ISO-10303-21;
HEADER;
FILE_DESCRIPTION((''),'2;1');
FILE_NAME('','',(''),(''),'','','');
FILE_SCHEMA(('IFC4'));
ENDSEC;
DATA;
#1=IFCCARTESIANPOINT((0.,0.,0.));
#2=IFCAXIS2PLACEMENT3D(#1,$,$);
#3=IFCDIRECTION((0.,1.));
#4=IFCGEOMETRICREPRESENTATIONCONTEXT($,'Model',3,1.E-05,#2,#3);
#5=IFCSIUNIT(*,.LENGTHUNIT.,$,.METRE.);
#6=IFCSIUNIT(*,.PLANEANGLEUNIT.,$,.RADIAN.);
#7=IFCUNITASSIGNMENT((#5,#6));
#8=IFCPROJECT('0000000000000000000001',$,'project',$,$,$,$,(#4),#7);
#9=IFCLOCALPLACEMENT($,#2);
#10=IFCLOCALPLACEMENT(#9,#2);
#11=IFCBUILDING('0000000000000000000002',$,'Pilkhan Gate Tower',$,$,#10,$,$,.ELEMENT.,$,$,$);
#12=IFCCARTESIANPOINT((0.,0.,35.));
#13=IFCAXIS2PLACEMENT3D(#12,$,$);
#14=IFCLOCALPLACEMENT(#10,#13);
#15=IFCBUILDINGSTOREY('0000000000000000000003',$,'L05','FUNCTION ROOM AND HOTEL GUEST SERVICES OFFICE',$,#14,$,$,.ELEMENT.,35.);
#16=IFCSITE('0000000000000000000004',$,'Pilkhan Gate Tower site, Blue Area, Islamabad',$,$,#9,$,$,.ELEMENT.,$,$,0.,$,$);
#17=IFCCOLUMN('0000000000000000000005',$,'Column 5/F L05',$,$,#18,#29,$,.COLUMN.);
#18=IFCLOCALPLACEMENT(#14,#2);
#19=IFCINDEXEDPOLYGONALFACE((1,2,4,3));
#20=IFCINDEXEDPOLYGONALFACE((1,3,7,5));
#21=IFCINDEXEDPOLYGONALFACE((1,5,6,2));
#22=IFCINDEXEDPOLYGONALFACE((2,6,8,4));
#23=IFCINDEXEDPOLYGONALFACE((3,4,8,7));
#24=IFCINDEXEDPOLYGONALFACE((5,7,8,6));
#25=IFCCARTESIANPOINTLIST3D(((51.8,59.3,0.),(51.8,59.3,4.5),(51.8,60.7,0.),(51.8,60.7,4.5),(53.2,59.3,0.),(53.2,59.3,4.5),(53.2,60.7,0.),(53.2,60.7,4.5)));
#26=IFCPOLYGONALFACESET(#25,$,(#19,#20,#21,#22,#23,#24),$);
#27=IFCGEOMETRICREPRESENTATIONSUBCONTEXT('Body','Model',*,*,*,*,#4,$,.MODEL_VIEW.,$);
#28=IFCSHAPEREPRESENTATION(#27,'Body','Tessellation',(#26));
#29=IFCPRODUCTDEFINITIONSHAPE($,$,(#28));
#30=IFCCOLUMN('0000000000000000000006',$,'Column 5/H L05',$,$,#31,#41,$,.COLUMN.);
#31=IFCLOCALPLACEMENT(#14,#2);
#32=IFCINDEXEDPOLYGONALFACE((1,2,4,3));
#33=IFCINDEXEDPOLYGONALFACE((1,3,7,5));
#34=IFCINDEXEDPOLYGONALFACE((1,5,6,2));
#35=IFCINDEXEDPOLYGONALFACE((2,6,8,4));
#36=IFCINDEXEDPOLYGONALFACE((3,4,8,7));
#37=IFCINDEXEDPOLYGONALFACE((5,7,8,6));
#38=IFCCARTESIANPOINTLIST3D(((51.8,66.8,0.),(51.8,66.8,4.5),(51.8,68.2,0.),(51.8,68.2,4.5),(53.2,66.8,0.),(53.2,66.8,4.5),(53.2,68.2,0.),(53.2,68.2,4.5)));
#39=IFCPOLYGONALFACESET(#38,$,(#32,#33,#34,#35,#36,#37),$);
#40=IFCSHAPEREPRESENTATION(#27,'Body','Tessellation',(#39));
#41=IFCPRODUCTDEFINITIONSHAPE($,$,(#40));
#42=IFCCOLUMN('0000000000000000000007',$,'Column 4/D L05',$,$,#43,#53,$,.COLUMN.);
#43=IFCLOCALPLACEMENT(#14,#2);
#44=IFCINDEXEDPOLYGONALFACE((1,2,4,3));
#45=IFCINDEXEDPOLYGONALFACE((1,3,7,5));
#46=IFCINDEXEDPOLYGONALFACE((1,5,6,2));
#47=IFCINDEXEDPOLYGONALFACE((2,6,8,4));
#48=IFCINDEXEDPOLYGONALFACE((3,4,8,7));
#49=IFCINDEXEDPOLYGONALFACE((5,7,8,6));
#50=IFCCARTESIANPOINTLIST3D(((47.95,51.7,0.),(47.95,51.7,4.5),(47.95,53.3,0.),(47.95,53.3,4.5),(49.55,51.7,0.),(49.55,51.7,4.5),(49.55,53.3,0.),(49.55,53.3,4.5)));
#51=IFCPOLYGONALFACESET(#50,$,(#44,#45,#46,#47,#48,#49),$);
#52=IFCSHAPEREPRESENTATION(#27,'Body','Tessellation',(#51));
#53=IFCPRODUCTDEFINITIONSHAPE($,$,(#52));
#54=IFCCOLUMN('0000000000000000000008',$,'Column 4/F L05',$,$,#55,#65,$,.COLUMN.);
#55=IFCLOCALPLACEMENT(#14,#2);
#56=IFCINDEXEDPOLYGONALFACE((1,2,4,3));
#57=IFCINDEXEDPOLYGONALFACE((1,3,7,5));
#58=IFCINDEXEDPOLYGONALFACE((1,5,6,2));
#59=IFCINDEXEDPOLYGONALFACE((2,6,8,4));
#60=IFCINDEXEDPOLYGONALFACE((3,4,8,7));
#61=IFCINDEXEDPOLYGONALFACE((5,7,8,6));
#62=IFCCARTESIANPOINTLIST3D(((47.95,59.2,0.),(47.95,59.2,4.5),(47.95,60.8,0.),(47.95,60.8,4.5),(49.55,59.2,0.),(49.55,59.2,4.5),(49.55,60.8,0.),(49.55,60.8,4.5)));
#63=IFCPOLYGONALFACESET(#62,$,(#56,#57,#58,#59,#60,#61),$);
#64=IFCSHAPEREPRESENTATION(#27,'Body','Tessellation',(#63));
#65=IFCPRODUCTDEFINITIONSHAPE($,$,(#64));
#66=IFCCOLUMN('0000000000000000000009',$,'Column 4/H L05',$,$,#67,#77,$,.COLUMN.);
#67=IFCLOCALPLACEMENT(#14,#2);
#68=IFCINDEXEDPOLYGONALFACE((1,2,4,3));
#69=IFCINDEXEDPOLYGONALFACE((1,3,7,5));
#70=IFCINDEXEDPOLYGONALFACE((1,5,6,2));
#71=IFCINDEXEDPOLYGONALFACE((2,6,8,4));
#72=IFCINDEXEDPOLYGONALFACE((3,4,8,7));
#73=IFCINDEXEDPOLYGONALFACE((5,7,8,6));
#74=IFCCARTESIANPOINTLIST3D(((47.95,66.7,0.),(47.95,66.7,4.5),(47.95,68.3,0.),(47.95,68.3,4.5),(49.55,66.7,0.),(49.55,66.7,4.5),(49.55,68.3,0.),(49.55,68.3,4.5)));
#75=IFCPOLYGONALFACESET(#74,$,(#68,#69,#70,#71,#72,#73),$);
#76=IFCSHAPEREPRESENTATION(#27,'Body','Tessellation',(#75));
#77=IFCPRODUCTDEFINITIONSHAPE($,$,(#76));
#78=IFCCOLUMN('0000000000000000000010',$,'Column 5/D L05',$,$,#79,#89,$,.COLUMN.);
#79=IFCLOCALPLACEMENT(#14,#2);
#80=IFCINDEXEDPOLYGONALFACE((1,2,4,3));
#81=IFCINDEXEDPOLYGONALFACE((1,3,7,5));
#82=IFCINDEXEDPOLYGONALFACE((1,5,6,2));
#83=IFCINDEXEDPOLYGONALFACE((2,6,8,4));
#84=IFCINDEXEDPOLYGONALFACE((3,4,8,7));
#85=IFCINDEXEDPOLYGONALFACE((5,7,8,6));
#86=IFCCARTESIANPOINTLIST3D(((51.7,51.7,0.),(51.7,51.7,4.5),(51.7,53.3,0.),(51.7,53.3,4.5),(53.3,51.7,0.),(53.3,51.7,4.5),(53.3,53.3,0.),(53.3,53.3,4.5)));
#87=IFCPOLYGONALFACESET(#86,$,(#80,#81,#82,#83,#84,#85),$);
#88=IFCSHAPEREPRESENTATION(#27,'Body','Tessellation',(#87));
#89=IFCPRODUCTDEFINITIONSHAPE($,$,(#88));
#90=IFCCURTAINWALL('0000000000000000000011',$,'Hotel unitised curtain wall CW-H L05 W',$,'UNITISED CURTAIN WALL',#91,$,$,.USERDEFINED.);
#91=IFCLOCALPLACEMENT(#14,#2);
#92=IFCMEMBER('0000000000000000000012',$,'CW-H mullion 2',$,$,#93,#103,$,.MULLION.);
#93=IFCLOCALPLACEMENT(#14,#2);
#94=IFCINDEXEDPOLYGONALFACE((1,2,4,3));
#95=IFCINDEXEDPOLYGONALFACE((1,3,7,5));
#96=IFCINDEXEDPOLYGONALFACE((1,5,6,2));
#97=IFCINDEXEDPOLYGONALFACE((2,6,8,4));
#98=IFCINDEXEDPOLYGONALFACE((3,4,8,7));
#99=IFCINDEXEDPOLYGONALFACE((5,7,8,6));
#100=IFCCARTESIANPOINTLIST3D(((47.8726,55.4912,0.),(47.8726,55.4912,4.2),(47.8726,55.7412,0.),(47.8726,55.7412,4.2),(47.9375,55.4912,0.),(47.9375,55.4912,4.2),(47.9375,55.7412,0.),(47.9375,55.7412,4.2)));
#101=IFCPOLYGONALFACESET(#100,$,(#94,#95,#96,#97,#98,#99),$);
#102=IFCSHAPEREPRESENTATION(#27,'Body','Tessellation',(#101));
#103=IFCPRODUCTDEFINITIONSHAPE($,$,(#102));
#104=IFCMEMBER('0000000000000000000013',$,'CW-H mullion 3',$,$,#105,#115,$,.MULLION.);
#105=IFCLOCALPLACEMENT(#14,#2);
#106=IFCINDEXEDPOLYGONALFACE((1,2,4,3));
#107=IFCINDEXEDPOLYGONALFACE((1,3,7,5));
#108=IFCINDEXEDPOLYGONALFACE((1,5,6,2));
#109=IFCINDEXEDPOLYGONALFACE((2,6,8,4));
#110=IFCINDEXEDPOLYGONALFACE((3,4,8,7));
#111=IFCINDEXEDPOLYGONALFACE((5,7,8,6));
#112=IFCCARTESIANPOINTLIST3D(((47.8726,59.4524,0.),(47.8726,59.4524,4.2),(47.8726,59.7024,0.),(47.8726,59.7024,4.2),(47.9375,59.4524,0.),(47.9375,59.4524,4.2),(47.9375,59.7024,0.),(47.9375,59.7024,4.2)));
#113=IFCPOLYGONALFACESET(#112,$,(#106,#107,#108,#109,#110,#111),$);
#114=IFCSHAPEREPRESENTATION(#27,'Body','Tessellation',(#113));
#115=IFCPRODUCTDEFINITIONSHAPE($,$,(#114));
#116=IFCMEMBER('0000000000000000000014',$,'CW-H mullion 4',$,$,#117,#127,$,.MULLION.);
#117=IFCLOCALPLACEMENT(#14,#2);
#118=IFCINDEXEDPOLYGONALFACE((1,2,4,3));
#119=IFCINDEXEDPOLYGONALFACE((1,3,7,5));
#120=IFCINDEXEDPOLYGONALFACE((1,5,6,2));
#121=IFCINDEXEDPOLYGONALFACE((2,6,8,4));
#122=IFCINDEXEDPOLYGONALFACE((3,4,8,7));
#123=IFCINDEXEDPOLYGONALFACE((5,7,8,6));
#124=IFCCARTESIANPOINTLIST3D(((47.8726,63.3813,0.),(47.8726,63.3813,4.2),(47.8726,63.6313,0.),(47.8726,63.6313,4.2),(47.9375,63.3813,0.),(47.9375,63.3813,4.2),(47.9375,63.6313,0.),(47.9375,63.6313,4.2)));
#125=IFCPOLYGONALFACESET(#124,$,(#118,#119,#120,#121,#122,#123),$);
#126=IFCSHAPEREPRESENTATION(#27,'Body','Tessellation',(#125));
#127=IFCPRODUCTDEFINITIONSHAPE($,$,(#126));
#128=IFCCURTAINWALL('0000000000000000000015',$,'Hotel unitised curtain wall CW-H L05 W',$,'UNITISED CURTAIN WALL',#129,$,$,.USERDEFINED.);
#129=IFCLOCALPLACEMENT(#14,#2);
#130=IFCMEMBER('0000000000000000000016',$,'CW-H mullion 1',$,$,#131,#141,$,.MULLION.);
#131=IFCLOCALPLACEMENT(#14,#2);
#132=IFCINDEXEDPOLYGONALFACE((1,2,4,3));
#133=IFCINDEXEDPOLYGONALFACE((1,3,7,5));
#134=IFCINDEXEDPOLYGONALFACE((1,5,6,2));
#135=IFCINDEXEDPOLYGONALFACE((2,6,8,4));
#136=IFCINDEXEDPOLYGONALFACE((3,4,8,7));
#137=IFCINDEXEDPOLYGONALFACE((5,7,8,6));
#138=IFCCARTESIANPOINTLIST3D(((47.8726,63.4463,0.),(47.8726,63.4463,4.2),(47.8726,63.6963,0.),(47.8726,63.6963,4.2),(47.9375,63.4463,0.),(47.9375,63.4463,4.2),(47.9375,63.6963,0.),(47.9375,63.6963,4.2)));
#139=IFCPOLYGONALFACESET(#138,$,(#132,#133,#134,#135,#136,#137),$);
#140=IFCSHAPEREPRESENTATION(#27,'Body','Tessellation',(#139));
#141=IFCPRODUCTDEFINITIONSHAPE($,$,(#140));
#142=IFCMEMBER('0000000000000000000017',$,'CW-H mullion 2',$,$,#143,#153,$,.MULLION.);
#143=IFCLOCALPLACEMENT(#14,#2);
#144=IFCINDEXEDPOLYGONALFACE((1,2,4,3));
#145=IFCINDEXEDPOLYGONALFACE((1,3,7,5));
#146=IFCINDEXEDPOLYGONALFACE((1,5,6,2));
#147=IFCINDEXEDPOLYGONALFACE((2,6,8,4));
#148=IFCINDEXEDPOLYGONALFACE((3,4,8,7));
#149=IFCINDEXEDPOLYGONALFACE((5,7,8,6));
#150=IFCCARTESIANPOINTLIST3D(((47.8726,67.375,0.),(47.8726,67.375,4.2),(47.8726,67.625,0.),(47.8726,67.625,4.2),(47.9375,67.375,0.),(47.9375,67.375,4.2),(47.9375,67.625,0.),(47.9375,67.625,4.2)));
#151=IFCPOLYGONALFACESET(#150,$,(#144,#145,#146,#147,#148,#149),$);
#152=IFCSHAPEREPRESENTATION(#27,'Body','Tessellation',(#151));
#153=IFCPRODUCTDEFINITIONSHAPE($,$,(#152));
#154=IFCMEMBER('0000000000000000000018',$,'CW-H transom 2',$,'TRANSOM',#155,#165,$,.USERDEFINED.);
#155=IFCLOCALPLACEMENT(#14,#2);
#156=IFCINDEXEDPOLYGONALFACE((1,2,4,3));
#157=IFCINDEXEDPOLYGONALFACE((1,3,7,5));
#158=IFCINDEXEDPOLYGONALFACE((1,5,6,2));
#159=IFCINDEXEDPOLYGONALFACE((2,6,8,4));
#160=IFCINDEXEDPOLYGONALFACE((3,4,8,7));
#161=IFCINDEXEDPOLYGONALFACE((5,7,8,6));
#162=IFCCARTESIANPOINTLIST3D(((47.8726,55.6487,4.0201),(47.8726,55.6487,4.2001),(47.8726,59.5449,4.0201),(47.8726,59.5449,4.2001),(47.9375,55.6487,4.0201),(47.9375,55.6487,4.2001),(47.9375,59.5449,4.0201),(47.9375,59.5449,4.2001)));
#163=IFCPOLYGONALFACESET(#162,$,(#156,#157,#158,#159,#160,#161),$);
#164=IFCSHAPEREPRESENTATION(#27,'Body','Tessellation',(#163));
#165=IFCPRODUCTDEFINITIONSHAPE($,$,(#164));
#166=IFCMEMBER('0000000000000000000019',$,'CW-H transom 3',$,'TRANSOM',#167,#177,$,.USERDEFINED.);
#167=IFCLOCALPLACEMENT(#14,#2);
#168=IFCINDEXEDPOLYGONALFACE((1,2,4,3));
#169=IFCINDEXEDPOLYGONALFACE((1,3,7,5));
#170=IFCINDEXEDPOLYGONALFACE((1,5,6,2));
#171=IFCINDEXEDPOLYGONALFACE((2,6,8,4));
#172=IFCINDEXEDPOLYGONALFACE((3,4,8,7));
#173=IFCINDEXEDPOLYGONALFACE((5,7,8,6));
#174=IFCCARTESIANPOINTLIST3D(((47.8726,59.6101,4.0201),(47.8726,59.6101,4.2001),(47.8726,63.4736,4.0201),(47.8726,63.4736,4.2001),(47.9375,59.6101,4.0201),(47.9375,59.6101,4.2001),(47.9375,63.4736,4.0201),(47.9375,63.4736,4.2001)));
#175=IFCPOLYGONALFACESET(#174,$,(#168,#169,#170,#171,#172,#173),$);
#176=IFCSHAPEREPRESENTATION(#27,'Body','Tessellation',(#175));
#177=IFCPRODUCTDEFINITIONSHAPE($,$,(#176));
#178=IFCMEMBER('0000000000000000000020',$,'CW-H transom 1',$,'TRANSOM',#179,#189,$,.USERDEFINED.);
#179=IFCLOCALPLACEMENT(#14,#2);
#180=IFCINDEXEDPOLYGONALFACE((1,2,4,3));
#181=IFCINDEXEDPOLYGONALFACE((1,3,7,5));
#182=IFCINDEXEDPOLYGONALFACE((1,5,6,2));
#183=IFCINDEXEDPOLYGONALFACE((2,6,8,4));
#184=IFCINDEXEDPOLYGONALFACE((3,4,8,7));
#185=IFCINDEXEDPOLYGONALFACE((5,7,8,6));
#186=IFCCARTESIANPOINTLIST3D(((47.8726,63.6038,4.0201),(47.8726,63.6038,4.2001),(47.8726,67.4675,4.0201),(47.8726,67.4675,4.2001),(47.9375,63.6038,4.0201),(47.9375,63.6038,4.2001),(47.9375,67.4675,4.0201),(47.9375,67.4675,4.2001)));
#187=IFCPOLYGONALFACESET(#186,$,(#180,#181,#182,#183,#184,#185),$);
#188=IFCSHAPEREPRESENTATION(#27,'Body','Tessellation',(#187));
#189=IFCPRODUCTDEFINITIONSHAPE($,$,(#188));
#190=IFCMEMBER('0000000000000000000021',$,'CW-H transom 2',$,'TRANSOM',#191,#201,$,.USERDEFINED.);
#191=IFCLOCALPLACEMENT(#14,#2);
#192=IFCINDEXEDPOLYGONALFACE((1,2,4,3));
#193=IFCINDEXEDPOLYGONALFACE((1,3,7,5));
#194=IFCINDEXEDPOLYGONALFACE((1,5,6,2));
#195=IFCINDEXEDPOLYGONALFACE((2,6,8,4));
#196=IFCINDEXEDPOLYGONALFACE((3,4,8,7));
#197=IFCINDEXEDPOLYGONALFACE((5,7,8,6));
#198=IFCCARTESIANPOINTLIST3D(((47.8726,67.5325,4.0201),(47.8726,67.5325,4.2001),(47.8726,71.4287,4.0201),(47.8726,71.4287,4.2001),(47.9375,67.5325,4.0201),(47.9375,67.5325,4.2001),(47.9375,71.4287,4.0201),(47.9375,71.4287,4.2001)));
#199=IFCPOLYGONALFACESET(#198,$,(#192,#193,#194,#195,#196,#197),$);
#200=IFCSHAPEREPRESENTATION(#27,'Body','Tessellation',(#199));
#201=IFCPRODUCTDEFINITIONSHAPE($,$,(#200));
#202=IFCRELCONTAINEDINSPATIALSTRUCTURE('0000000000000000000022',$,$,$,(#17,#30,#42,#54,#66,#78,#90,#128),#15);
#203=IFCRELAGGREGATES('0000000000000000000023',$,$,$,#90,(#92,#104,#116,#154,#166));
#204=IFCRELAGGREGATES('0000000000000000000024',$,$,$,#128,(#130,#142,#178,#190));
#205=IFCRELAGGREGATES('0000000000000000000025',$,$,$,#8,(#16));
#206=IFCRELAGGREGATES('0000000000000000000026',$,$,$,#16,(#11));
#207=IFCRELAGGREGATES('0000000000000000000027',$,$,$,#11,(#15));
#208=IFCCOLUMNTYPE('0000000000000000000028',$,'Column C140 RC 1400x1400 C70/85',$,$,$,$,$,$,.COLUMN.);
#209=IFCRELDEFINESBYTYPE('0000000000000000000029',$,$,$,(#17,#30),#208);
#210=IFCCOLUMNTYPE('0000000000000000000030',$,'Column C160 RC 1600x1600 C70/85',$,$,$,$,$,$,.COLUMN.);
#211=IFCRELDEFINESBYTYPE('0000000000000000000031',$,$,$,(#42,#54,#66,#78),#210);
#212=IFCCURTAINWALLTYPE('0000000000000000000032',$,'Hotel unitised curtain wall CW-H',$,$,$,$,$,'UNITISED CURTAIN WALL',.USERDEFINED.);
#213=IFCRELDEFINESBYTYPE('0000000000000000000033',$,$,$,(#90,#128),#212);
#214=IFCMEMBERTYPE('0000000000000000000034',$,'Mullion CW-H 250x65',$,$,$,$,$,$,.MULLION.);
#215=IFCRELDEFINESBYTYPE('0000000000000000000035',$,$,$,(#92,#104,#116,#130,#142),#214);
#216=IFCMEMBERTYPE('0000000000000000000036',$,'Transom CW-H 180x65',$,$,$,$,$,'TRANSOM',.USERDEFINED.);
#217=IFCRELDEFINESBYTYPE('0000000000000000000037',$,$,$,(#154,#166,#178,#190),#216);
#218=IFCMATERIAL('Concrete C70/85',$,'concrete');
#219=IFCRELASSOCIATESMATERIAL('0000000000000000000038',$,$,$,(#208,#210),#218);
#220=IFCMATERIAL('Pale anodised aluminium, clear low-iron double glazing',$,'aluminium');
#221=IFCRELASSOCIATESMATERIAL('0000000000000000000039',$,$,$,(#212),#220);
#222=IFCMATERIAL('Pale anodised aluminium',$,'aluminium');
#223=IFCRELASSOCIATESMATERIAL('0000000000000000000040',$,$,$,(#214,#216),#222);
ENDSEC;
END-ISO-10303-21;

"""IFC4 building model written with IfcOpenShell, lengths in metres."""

from ifc_helpers import new_model, si_unit, direction, frame, origin, origin_2d, place, context, subcontext, project, spatial, rectangle, extrude, material, material_profile, profile_set, type_object, element, aggregate, save


model = new_model("IFC4")

# Units and contexts
model_context = context("Model", 3, precision=1e-05, world=origin(), true_north=direction((0.0, 1.0)))
body_context = subcontext(model_context, "Body", "Model", "MODEL_VIEW")
ifc_project = project(units=[si_unit("LENGTHUNIT", "METRE"), si_unit("PLANEANGLEUNIT", "RADIAN")], contexts=[model_context])

# Site, building, storey
site_placement = place(None, origin())
site = spatial("IfcSite", under=ifc_project, at=site_placement, Name="Pilkhan Gate Tower site, Blue Area, Islamabad", CompositionType="ELEMENT", RefElevation=0.0)
building_placement = place(site_placement, origin())
building = spatial("IfcBuilding", under=site, at=building_placement, Name="Pilkhan Gate Tower", CompositionType="ELEMENT")
storey_placement = place(building_placement, frame((0.0, 0.0, 35.0)))
storey = spatial("IfcBuildingStorey", under=building, at=storey_placement, Name="L05", Description="FUNCTION ROOM AND HOTEL GUEST SERVICES OFFICE", CompositionType="ELEMENT", Elevation=35.0)

# Columns
ifc_material_1 = material(Name="Concrete C70/85", Category="concrete")
ifc_material_profile_1 = material_profile(ifc_material_1, rectangle(XDim=1.3999, YDim=1.3999, at=origin_2d()), Name="RC 1400x1400")
ifc_profile_set_1 = profile_set([ifc_material_profile_1], Name="Concrete C70/85")
column_type_1 = type_object("IfcColumnType", Name="Column C140 RC 1400x1400 C70/85", PredefinedType="COLUMN", material=ifc_profile_set_1)
for number, where, z_axis, x_axis, name in (
    (1, (52.5, 60.0, 0.0), (0.0, 0.0, 1.0), (1.0, 0.0, 0.0), "Column 5/F L05"),
    (2, (52.5, 67.5, 0.0), (0.0, 0.0, 1.0), (1.0, 0.0, 0.0), "Column 5/H L05"),
):
    element("IfcColumn", number, at=place(storey_placement, frame(where, z_axis=z_axis, x_axis=x_axis)), inside=storey, type_object=column_type_1, Name=name, PredefinedType="COLUMN", context=body_context, shape_type="SweptSolid", body=[
        extrude(rectangle(XDim=1.3999, YDim=1.3999, at=origin_2d()), origin(), (0.0, 0.0, 1.0), 4.5),
    ])
ifc_material_profile_2 = material_profile(ifc_material_1, rectangle(XDim=1.6001, YDim=1.6001, at=origin_2d()), Name="RC 1600x1600")
ifc_profile_set_2 = profile_set([ifc_material_profile_2], Name="Concrete C70/85")
column_type_2 = type_object("IfcColumnType", Name="Column C160 RC 1600x1600 C70/85", PredefinedType="COLUMN", material=ifc_profile_set_2)
for number, where, z_axis, x_axis, name in (
    (3, (48.75, 52.5, 0.0), (0.0, 0.0, 1.0), (1.0, 0.0, 0.0), "Column 4/D L05"),
    (4, (48.75, 60.0, 0.0), (0.0, 0.0, 1.0), (1.0, 0.0, 0.0), "Column 4/F L05"),
    (5, (48.75, 67.5, 0.0), (0.0, 0.0, 1.0), (1.0, 0.0, 0.0), "Column 4/H L05"),
    (6, (52.5, 52.5, 0.0), (0.0, 0.0, 1.0), (1.0, 0.0, 0.0), "Column 5/D L05"),
):
    element("IfcColumn", number, at=place(storey_placement, frame(where, z_axis=z_axis, x_axis=x_axis)), inside=storey, type_object=column_type_2, Name=name, PredefinedType="COLUMN", context=body_context, shape_type="SweptSolid", body=[
        extrude(rectangle(XDim=1.6001, YDim=1.6001, at=origin_2d()), origin(), (0.0, 0.0, 1.0), 4.5),
    ])

# Curtain walls, members
ifc_material_2 = material(Name="Pale anodised aluminium, clear low-iron double glazing", Category="aluminium")
curtain_wall_type = type_object("IfcCurtainWallType", Name="Hotel unitised curtain wall CW-H", ElementType="UNITISED CURTAIN WALL", PredefinedType="USERDEFINED", material=ifc_material_2)
curtain_wall_1_placement = place(storey_placement, origin())
curtain_wall_1 = element("IfcCurtainWall", 7, at=curtain_wall_1_placement, inside=storey, type_object=curtain_wall_type, Name="Hotel unitised curtain wall CW-H L05 W", ObjectType="UNITISED CURTAIN WALL", PredefinedType="USERDEFINED")
ifc_material_3 = material(Name="Pale anodised aluminium", Category="aluminium")
ifc_material_profile_3 = material_profile(ifc_material_3, rectangle(XDim=0.0649, YDim=0.25, at=origin_2d()), Name="Mullion 250x65")
ifc_profile_set_3 = profile_set([ifc_material_profile_3], Name="Pale anodised aluminium")
member_type_1 = type_object("IfcMemberType", Name="Mullion CW-H 250x65", PredefinedType="MULLION", material=ifc_profile_set_3)
member_1_placement = place(storey_placement, frame((47.905, 55.6162, 0.0), z_axis=(0.0, 0.0, 1.0), x_axis=(-1.0, 0.0, 0.0)))
member_1 = element("IfcMember", 8, at=member_1_placement, type_object=member_type_1, Name="CW-H mullion 2", PredefinedType="MULLION", context=body_context, shape_type="SweptSolid", body=[
    extrude(rectangle(XDim=0.0649, YDim=0.25, at=origin_2d()), origin(), (0.0, 0.0, 1.0), 4.2),
])
member_2_placement = place(storey_placement, frame((47.905, 59.5774, 0.0), z_axis=(0.0, 0.0, 1.0), x_axis=(-1.0, 0.0, 0.0)))
member_2 = element("IfcMember", 9, at=member_2_placement, type_object=member_type_1, Name="CW-H mullion 3", PredefinedType="MULLION", context=body_context, shape_type="SweptSolid", body=[
    extrude(rectangle(XDim=0.0649, YDim=0.25, at=origin_2d()), origin(), (0.0, 0.0, 1.0), 4.2),
])
member_3_placement = place(storey_placement, frame((47.905, 63.5063, 0.0), z_axis=(0.0, 0.0, 1.0), x_axis=(-1.0, 0.0, 0.0)))
member_3 = element("IfcMember", 10, at=member_3_placement, type_object=member_type_1, Name="CW-H mullion 4", PredefinedType="MULLION", context=body_context, shape_type="SweptSolid", body=[
    extrude(rectangle(XDim=0.0649, YDim=0.25, at=origin_2d()), origin(), (0.0, 0.0, 1.0), 4.2),
])
curtain_wall_2_placement = place(storey_placement, origin())
curtain_wall_2 = element("IfcCurtainWall", 11, at=curtain_wall_2_placement, inside=storey, type_object=curtain_wall_type, Name="Hotel unitised curtain wall CW-H L05 W", ObjectType="UNITISED CURTAIN WALL", PredefinedType="USERDEFINED")
member_4_placement = place(storey_placement, frame((47.905, 63.5713, 0.0), z_axis=(0.0, 0.0, 1.0), x_axis=(-1.0, 0.0, 0.0)))
member_4 = element("IfcMember", 12, at=member_4_placement, type_object=member_type_1, Name="CW-H mullion 1", PredefinedType="MULLION", context=body_context, shape_type="SweptSolid", body=[
    extrude(rectangle(XDim=0.0649, YDim=0.25, at=origin_2d()), origin(), (0.0, 0.0, 1.0), 4.2),
])
member_5_placement = place(storey_placement, frame((47.905, 67.5, 0.0), z_axis=(0.0, 0.0, 1.0), x_axis=(-1.0, 0.0, 0.0)))
member_5 = element("IfcMember", 13, at=member_5_placement, type_object=member_type_1, Name="CW-H mullion 2", PredefinedType="MULLION", context=body_context, shape_type="SweptSolid", body=[
    extrude(rectangle(XDim=0.0649, YDim=0.25, at=origin_2d()), origin(), (0.0, 0.0, 1.0), 4.2),
])

# Members
ifc_material_profile_4 = material_profile(ifc_material_3, rectangle(XDim=0.0649, YDim=0.1799, at=origin_2d()), Name="Transom 180x65")
ifc_profile_set_4 = profile_set([ifc_material_profile_4], Name="Pale anodised aluminium")
member_type_2 = type_object("IfcMemberType", Name="Transom CW-H 180x65", ElementType="TRANSOM", PredefinedType="USERDEFINED", material=ifc_profile_set_4)
member_6_placement = place(storey_placement, frame((47.905, 55.6487, 4.1101), z_axis=(0.0, 1.0, 0.0), x_axis=(-1.0, 0.0, 0.0)))
member_6 = element("IfcMember", 14, at=member_6_placement, type_object=member_type_2, Name="CW-H transom 2", ObjectType="TRANSOM", PredefinedType="USERDEFINED", context=body_context, shape_type="SweptSolid", body=[
    extrude(rectangle(XDim=0.0649, YDim=0.1799, at=origin_2d()), origin(), (0.0, 0.0, 1.0), 3.8962),
])
member_7_placement = place(storey_placement, frame((47.905, 59.6101, 4.1101), z_axis=(0.0, 1.0, 0.0), x_axis=(-1.0, 0.0, 0.0)))
member_7 = element("IfcMember", 15, at=member_7_placement, type_object=member_type_2, Name="CW-H transom 3", ObjectType="TRANSOM", PredefinedType="USERDEFINED", context=body_context, shape_type="SweptSolid", body=[
    extrude(rectangle(XDim=0.0649, YDim=0.1799, at=origin_2d()), origin(), (0.0, 0.0, 1.0), 3.8635),
])
member_8_placement = place(storey_placement, frame((47.905, 63.6038, 4.1101), z_axis=(0.0, 1.0, 0.0), x_axis=(-1.0, 0.0, 0.0)))
member_8 = element("IfcMember", 16, at=member_8_placement, type_object=member_type_2, Name="CW-H transom 1", ObjectType="TRANSOM", PredefinedType="USERDEFINED", context=body_context, shape_type="SweptSolid", body=[
    extrude(rectangle(XDim=0.0649, YDim=0.1799, at=origin_2d()), origin(), (0.0, 0.0, 1.0), 3.8638),
])
member_9_placement = place(storey_placement, frame((47.905, 67.5325, 4.1101), z_axis=(0.0, 1.0, 0.0), x_axis=(-1.0, 0.0, 0.0)))
member_9 = element("IfcMember", 17, at=member_9_placement, type_object=member_type_2, Name="CW-H transom 2", ObjectType="TRANSOM", PredefinedType="USERDEFINED", context=body_context, shape_type="SweptSolid", body=[
    extrude(rectangle(XDim=0.0649, YDim=0.1799, at=origin_2d()), origin(), (0.0, 0.0, 1.0), 3.8962),
])

aggregate(curtain_wall_1, [member_1, member_2, member_3, member_6, member_7])
aggregate(curtain_wall_2, [member_4, member_5, member_8, member_9])

save(model, "model.ifc")
